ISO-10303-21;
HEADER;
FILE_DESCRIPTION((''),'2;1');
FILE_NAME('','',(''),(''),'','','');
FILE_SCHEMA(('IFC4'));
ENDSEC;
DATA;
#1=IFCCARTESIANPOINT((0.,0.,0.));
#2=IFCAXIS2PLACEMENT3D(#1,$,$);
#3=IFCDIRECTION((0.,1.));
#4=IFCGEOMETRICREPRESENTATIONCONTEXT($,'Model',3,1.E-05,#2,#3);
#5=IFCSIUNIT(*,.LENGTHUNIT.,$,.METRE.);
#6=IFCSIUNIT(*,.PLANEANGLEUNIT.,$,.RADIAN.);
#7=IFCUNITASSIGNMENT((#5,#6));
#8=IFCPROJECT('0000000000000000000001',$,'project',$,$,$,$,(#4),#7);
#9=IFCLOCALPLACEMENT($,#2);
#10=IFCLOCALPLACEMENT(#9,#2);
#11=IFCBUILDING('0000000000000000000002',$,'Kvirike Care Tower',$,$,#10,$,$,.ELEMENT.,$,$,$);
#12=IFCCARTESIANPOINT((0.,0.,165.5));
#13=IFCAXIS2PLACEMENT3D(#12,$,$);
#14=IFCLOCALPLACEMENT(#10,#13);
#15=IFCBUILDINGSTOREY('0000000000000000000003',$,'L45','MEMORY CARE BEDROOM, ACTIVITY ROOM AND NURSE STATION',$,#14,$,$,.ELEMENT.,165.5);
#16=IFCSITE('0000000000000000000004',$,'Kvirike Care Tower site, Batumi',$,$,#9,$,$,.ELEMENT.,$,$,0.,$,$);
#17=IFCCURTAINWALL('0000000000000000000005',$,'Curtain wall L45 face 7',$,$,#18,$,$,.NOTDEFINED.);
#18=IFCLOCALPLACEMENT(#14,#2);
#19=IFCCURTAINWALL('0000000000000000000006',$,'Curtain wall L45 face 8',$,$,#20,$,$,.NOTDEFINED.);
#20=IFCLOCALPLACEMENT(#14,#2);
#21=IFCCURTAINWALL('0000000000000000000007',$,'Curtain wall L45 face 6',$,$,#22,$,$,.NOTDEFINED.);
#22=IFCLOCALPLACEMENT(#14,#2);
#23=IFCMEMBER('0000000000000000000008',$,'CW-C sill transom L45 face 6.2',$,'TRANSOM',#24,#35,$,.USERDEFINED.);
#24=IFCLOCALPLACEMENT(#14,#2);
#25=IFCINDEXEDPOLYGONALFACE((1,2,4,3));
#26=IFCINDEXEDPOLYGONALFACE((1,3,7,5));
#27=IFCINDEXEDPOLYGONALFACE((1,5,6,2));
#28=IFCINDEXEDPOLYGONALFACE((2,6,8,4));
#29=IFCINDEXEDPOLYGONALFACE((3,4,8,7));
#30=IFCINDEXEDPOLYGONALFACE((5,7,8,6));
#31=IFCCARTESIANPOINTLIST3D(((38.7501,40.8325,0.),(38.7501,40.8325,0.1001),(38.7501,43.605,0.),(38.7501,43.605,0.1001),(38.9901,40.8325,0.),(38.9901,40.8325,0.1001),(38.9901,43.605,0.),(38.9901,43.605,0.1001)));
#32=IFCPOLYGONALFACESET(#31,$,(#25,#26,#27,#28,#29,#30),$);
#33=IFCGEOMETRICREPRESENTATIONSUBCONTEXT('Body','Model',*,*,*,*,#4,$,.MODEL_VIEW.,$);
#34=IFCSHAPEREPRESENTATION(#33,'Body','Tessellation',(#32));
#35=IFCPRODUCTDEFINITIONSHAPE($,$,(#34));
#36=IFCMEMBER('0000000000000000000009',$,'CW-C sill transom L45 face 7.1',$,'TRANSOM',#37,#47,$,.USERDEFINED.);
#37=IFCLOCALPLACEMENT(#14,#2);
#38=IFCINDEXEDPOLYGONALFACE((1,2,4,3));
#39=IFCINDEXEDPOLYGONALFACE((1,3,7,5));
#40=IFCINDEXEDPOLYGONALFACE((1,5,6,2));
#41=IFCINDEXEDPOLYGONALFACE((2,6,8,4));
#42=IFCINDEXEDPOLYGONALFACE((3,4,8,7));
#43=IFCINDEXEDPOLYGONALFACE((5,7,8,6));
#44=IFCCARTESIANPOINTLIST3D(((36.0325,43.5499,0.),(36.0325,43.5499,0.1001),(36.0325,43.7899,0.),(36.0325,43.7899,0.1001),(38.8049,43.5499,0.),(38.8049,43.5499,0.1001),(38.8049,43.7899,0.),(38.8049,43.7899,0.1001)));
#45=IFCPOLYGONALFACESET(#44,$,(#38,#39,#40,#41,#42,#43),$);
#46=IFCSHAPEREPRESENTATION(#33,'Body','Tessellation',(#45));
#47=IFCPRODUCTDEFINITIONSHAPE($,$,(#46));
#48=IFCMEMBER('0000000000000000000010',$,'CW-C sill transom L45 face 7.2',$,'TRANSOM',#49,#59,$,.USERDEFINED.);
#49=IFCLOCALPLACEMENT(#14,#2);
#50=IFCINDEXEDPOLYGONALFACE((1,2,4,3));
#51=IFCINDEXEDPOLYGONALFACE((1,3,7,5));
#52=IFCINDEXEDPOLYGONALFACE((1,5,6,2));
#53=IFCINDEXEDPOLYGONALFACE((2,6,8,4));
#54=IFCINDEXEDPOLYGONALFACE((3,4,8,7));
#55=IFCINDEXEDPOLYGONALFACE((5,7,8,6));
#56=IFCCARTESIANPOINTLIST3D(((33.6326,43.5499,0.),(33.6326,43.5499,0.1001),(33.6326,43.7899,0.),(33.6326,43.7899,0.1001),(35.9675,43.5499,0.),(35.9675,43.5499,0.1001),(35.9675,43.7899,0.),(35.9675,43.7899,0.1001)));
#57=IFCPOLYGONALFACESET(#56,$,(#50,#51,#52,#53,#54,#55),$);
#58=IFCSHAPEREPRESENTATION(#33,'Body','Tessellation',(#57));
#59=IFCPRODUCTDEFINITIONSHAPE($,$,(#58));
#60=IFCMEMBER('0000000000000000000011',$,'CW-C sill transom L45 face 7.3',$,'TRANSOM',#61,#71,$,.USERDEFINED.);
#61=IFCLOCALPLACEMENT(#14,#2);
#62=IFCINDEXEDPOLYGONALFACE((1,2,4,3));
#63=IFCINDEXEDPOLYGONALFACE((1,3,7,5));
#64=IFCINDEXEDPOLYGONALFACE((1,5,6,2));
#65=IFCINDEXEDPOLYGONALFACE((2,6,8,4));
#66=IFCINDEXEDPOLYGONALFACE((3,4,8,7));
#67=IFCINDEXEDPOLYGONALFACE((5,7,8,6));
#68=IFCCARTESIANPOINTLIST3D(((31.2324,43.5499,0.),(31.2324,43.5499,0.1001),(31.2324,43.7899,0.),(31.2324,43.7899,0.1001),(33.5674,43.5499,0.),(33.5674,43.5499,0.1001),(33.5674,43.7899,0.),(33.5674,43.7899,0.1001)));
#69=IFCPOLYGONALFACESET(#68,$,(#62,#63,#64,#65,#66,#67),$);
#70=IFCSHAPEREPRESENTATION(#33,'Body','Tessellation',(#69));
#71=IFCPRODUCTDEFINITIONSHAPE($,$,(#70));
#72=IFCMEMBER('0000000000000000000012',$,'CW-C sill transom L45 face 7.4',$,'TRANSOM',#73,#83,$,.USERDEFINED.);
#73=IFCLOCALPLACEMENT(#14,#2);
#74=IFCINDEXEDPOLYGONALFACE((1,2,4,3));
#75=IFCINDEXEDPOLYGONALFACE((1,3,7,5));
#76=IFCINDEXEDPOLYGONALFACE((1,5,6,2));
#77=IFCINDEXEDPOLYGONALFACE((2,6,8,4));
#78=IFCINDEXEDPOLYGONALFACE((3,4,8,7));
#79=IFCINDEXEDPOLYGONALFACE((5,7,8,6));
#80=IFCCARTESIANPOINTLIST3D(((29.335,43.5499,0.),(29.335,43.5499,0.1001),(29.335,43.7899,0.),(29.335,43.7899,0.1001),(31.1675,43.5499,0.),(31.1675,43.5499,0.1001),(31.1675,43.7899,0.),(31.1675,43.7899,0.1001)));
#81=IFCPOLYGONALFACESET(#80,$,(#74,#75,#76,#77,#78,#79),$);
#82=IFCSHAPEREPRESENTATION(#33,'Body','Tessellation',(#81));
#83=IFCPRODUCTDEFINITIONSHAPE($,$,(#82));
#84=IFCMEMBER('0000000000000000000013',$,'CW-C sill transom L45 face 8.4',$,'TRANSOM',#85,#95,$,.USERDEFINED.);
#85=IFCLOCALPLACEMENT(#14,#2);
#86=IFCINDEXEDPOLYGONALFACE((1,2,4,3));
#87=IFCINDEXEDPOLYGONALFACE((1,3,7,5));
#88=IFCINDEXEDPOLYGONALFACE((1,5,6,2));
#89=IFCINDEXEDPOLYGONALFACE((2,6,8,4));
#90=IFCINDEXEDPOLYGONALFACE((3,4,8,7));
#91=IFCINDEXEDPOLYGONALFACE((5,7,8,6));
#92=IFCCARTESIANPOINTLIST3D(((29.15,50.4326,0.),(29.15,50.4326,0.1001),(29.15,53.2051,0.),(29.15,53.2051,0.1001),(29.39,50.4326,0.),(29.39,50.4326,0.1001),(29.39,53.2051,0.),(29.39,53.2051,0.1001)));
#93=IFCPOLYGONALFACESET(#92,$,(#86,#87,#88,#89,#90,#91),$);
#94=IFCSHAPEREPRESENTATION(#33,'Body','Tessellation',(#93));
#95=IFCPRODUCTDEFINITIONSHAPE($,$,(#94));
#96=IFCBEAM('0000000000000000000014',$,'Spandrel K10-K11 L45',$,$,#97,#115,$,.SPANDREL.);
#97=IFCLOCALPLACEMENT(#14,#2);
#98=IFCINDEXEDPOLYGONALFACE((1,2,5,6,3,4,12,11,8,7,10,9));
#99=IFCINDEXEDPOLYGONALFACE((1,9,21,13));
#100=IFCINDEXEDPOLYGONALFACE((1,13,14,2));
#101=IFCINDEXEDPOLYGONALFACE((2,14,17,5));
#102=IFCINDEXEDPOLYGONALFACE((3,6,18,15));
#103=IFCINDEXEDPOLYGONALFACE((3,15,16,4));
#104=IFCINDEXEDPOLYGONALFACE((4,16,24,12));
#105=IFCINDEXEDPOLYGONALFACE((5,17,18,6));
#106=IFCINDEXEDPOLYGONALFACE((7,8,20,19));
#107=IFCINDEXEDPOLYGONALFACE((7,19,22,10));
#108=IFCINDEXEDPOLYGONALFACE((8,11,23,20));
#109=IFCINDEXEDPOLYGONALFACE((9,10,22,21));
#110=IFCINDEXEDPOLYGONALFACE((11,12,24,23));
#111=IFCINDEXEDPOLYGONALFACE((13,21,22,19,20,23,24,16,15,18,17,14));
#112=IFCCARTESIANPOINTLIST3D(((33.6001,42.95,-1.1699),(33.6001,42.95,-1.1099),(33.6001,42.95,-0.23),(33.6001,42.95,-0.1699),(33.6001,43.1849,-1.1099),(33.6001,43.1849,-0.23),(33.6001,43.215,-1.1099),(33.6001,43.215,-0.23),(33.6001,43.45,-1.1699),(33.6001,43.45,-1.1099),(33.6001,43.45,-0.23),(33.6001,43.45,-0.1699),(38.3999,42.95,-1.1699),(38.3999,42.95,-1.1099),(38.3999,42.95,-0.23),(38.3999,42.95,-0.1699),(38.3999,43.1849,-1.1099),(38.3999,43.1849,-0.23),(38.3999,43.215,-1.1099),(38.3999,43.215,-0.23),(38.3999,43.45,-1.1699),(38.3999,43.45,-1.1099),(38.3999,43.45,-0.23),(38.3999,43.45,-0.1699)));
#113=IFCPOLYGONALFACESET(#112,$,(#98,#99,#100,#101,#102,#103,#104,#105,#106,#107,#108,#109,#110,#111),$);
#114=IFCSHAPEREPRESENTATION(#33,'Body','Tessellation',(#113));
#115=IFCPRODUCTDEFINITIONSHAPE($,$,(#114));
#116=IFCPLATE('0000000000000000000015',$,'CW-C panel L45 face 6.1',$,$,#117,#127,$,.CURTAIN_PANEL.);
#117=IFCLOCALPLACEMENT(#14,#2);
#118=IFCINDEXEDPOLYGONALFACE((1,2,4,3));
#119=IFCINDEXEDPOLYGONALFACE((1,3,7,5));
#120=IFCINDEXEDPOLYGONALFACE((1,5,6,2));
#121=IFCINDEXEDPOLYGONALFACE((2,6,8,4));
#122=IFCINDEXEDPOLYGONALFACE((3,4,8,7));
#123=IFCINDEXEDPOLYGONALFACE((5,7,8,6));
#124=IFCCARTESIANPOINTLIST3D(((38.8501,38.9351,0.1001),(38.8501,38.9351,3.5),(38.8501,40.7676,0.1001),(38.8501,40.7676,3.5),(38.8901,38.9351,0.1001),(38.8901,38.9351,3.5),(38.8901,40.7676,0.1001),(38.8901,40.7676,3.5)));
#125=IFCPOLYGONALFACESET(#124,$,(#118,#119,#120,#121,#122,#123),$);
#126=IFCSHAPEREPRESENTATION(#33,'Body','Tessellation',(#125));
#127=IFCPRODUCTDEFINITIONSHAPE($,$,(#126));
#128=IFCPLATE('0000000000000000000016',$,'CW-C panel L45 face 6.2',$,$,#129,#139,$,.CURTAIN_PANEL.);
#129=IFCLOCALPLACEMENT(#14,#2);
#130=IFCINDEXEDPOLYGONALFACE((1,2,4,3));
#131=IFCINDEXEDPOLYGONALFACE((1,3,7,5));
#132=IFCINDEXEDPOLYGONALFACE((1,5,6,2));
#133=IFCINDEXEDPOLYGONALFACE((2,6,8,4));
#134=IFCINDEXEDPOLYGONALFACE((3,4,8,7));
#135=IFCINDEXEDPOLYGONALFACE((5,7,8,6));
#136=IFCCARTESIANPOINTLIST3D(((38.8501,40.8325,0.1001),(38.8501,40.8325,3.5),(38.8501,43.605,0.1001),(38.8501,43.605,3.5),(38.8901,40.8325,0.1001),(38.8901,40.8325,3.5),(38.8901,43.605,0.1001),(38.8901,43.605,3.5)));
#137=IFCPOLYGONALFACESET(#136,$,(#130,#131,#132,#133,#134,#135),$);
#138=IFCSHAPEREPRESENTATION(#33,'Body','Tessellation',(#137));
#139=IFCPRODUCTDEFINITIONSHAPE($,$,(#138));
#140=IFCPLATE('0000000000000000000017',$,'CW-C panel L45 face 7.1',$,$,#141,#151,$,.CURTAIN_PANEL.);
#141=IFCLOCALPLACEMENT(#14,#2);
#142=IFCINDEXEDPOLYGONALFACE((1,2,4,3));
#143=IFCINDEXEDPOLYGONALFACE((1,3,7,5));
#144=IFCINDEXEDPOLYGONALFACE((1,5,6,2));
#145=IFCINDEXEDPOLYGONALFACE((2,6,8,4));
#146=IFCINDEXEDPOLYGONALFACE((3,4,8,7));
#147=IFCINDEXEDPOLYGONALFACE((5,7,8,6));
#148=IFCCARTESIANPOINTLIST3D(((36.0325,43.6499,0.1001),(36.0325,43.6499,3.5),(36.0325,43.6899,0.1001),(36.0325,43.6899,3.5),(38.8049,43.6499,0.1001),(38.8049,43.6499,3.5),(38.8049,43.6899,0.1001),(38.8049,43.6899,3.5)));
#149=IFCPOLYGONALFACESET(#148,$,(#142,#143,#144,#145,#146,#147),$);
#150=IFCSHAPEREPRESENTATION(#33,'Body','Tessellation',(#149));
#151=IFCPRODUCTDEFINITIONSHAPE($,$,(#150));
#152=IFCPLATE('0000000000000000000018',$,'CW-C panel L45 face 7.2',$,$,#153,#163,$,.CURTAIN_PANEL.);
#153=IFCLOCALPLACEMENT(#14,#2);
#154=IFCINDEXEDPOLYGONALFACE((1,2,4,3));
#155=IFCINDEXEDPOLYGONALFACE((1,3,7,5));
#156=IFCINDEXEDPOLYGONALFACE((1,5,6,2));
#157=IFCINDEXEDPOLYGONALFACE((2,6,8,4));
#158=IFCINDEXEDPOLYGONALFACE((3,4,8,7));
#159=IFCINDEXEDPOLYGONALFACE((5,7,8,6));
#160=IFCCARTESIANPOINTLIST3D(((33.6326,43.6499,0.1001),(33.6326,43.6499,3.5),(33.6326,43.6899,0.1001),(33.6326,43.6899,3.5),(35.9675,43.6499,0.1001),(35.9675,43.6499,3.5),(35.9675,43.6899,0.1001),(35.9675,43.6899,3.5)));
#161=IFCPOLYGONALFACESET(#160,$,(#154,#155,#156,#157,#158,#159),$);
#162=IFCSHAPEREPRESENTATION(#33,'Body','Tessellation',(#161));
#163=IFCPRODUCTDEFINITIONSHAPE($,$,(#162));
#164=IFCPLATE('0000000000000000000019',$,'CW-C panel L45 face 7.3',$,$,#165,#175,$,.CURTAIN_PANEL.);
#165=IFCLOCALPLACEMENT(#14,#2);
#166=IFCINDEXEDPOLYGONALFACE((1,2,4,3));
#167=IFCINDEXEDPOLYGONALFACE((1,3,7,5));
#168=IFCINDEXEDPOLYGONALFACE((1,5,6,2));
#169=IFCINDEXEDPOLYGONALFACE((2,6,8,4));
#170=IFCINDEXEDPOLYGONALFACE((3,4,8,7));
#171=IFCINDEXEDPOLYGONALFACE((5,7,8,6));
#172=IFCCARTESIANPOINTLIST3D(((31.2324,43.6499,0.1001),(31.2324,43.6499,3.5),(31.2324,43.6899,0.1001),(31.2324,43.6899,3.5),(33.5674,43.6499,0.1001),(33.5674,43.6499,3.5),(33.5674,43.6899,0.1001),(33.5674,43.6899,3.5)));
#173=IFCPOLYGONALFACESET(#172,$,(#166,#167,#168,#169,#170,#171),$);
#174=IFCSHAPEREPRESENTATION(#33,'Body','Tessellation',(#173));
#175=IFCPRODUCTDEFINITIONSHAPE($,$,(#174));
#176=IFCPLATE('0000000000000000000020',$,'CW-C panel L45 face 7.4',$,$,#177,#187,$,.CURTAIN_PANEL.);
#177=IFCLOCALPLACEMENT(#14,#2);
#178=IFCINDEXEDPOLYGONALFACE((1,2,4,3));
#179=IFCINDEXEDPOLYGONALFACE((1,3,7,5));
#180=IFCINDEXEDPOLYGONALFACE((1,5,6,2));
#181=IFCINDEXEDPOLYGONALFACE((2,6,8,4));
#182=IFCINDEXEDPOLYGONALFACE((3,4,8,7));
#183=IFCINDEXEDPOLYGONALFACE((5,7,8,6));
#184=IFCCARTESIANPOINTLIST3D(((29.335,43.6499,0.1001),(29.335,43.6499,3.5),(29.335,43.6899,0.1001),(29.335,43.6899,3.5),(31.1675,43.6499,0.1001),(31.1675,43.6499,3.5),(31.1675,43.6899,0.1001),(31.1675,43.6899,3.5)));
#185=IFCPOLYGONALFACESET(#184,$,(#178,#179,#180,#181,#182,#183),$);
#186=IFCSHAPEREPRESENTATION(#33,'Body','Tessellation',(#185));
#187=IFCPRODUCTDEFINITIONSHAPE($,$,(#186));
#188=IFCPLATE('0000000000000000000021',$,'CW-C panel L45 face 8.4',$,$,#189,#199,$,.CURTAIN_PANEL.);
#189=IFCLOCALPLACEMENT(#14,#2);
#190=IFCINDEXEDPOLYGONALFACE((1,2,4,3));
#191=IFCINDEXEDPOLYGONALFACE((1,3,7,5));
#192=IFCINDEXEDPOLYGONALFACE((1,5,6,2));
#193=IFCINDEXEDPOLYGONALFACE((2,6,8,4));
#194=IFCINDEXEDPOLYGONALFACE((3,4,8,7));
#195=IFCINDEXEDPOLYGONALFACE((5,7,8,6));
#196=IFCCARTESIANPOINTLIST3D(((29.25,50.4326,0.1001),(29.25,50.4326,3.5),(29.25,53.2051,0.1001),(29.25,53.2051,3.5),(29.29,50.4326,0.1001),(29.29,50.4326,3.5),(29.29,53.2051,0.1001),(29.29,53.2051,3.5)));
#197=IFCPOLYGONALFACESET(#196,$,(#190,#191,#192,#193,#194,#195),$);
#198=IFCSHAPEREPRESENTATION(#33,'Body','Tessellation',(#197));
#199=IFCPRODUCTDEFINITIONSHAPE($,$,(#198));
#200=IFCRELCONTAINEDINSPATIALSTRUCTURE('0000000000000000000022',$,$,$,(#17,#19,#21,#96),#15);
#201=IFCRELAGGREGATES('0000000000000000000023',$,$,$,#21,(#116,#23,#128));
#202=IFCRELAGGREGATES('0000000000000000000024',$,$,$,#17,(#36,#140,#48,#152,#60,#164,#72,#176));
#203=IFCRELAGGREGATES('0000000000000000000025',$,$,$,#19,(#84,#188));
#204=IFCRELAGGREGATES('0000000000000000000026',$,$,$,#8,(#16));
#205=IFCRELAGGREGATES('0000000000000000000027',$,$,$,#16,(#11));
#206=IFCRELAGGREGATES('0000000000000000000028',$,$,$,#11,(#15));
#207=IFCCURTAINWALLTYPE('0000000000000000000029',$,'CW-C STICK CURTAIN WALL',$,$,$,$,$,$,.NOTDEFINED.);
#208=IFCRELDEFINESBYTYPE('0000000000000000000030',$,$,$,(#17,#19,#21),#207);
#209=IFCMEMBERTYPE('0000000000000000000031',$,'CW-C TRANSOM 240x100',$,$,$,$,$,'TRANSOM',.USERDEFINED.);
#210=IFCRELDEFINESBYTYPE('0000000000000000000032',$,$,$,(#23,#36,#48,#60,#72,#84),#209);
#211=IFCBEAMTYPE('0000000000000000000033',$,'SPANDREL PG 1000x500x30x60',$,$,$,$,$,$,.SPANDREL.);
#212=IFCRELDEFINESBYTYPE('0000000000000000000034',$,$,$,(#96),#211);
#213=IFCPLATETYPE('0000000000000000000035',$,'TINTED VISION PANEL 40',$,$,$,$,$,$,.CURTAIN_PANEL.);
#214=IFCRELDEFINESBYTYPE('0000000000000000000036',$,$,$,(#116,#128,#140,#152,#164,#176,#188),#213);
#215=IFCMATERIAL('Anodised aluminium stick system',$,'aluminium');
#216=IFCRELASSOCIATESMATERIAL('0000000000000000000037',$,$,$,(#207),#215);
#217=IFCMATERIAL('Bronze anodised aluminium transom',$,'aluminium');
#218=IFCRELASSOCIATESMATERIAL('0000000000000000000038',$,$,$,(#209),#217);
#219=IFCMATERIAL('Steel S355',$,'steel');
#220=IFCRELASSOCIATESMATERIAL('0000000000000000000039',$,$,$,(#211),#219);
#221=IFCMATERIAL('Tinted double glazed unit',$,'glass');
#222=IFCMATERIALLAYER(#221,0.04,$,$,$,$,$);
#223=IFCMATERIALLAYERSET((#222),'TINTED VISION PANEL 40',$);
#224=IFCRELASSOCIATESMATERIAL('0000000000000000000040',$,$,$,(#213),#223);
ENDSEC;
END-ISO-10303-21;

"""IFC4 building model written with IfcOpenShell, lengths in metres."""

from ifc_helpers import new_model, si_unit, direction, frame, origin, origin_2d, place, context, subcontext, project, spatial, rectangle, i_section, extrude, material, layer, layer_set, material_profile, profile_set, type_object, element, aggregate, save


model = new_model("IFC4")

# Units and contexts
model_context = context("Model", 3, precision=1e-05, world=origin(), true_north=direction((0.0, 1.0)))
body_context = subcontext(model_context, "Body", "Model", "MODEL_VIEW")
ifc_project = project(units=[si_unit("LENGTHUNIT", "METRE"), si_unit("PLANEANGLEUNIT", "RADIAN")], contexts=[model_context])

# Site, building, storey
site_placement = place(None, origin())
site = spatial("IfcSite", under=ifc_project, at=site_placement, Name="Kvirike Care Tower site, Batumi", CompositionType="ELEMENT", RefElevation=0.0)
building_placement = place(site_placement, origin())
building = spatial("IfcBuilding", under=site, at=building_placement, Name="Kvirike Care Tower", CompositionType="ELEMENT")
storey_placement = place(building_placement, frame((0.0, 0.0, 165.5)))
storey = spatial("IfcBuildingStorey", under=building, at=storey_placement, Name="L45", Description="MEMORY CARE BEDROOM, ACTIVITY ROOM AND NURSE STATION", CompositionType="ELEMENT", Elevation=165.5)

# Curtain walls
ifc_material_1 = material(Name="Anodised aluminium stick system", Category="aluminium")
curtain_wall_type = type_object("IfcCurtainWallType", Name="CW-C STICK CURTAIN WALL", PredefinedType="NOTDEFINED", material=ifc_material_1)
curtain_wall_1_placement = place(storey_placement, origin())
curtain_wall_1 = element("IfcCurtainWall", 1, at=curtain_wall_1_placement, inside=storey, type_object=curtain_wall_type, Name="Curtain wall L45 face 7", PredefinedType="NOTDEFINED")
curtain_wall_2_placement = place(storey_placement, origin())
curtain_wall_2 = element("IfcCurtainWall", 2, at=curtain_wall_2_placement, inside=storey, type_object=curtain_wall_type, Name="Curtain wall L45 face 8", PredefinedType="NOTDEFINED")

# Curtain wall
curtain_wall_3_placement = place(storey_placement, origin())
curtain_wall_3 = element("IfcCurtainWall", 3, at=curtain_wall_3_placement, inside=storey, type_object=curtain_wall_type, Name="Curtain wall L45 face 6", PredefinedType="NOTDEFINED")

# Members
ifc_material_2 = material(Name="Bronze anodised aluminium transom", Category="aluminium")
ifc_material_profile_1 = material_profile(ifc_material_2, rectangle(XDim=0.24, YDim=0.1001, at=origin_2d()), Name="CW-C TRANSOM 240x100")
ifc_profile_set_1 = profile_set([ifc_material_profile_1], Name="Bronze anodised aluminium transom")
member_type_1 = type_object("IfcMemberType", Name="CW-C TRANSOM 240x100", ElementType="TRANSOM", PredefinedType="USERDEFINED", material=ifc_profile_set_1)
member_1_placement = place(storey_placement, frame((38.8701, 40.8325, 0.05), z_axis=(0.0, 1.0, 0.0), x_axis=(-1.0, 0.0, 0.0)))
member_1 = element("IfcMember", 4, at=member_1_placement, type_object=member_type_1, Name="CW-C sill transom L45 face 6.2", ObjectType="TRANSOM", PredefinedType="USERDEFINED", context=body_context, shape_type="SweptSolid", body=[
    extrude(rectangle(XDim=0.24, YDim=0.1001, at=origin_2d()), origin(), (0.0, 0.0, 1.0), 2.7725),
])
member_2_placement = place(storey_placement, frame((38.8049, 43.6699, 0.05), z_axis=(-1.0, 0.0, 0.0), x_axis=(0.0, -1.0, 0.0)))
member_2 = element("IfcMember", 5, at=member_2_placement, type_object=member_type_1, Name="CW-C sill transom L45 face 7.1", ObjectType="TRANSOM", PredefinedType="USERDEFINED", context=body_context, shape_type="SweptSolid", body=[
    extrude(rectangle(XDim=0.24, YDim=0.1001, at=origin_2d()), origin(), (0.0, 0.0, 1.0), 2.7725),
])
member_3_placement = place(storey_placement, frame((35.9675, 43.6699, 0.05), z_axis=(-1.0, 0.0, 0.0), x_axis=(0.0, -1.0, 0.0)))
member_3 = element("IfcMember", 6, at=member_3_placement, type_object=member_type_1, Name="CW-C sill transom L45 face 7.2", ObjectType="TRANSOM", PredefinedType="USERDEFINED", context=body_context, shape_type="SweptSolid", body=[
    extrude(rectangle(XDim=0.24, YDim=0.1001, at=origin_2d()), origin(), (0.0, 0.0, 1.0), 2.335),
])
member_4_placement = place(storey_placement, frame((33.5674, 43.6699, 0.05), z_axis=(-1.0, 0.0, 0.0), x_axis=(0.0, -1.0, 0.0)))
member_4 = element("IfcMember", 7, at=member_4_placement, type_object=member_type_1, Name="CW-C sill transom L45 face 7.3", ObjectType="TRANSOM", PredefinedType="USERDEFINED", context=body_context, shape_type="SweptSolid", body=[
    extrude(rectangle(XDim=0.24, YDim=0.1001, at=origin_2d()), origin(), (0.0, 0.0, 1.0), 2.335),
])
member_5_placement = place(storey_placement, frame((31.1675, 43.6699, 0.05), z_axis=(-1.0, 0.0, 0.0), x_axis=(0.0, -1.0, 0.0)))
member_5 = element("IfcMember", 8, at=member_5_placement, type_object=member_type_1, Name="CW-C sill transom L45 face 7.4", ObjectType="TRANSOM", PredefinedType="USERDEFINED", context=body_context, shape_type="SweptSolid", body=[
    extrude(rectangle(XDim=0.24, YDim=0.1001, at=origin_2d()), origin(), (0.0, 0.0, 1.0), 1.8325),
])
member_6_placement = place(storey_placement, frame((29.27, 50.4326, 0.05), z_axis=(0.0, 1.0, 0.0), x_axis=(-1.0, 0.0, 0.0)))
member_6 = element("IfcMember", 9, at=member_6_placement, type_object=member_type_1, Name="CW-C sill transom L45 face 8.4", ObjectType="TRANSOM", PredefinedType="USERDEFINED", context=body_context, shape_type="SweptSolid", body=[
    extrude(rectangle(XDim=0.24, YDim=0.1001, at=origin_2d()), origin(), (0.0, 0.0, 1.0), 2.7725),
])

# Beam
ifc_material_3 = material(Name="Steel S355", Category="steel")
ifc_material_profile_2 = material_profile(ifc_material_3, i_section(OverallWidth=0.5, OverallDepth=1.0, WebThickness=0.03, FlangeThickness=0.0601, at=origin_2d()), Name="PG 1000x500x30x60")
ifc_profile_set_2 = profile_set([ifc_material_profile_2], Name="Steel S355")
beam_type = type_object("IfcBeamType", Name="SPANDREL PG 1000x500x30x60", PredefinedType="SPANDREL", material=ifc_profile_set_2)
beam_placement = place(storey_placement, frame((33.6001, 43.2, -0.6699), z_axis=(1.0, 0.0, 0.0), x_axis=(0.0, 1.0, 0.0)))
element("IfcBeam", 10, at=beam_placement, inside=storey, type_object=beam_type, Name="Spandrel K10-K11 L45", PredefinedType="SPANDREL", context=body_context, shape_type="SweptSolid", body=[
    extrude(i_section(OverallWidth=0.5, OverallDepth=1.0, WebThickness=0.03, FlangeThickness=0.0601, at=origin_2d()), origin(), (0.0, 0.0, 1.0), 4.7998),
])

# Plates
ifc_material_4 = material(Name="Tinted double glazed unit", Category="glass")
ifc_layer_1 = layer(ifc_material_4, 0.04)
ifc_layer_set_1 = layer_set([ifc_layer_1], Name="TINTED VISION PANEL 40")
plate_type = type_object("IfcPlateType", Name="TINTED VISION PANEL 40", PredefinedType="CURTAIN_PANEL", material=ifc_layer_set_1)
plate_1_placement = place(storey_placement, frame((38.8701, 39.8513, 0.1001), z_axis=(0.0, 0.0, 1.0), x_axis=(0.0, 1.0, 0.0)))
plate_1 = element("IfcPlate", 11, at=plate_1_placement, type_object=plate_type, Name="CW-C panel L45 face 6.1", PredefinedType="CURTAIN_PANEL", context=body_context, shape_type="SweptSolid", body=[
    extrude(rectangle(XDim=1.8325, YDim=0.04, at=origin_2d()), origin(), (0.0, 0.0, 1.0), 3.3999),
])
plate_2_placement = place(storey_placement, frame((38.8701, 42.2188, 0.1001), z_axis=(0.0, 0.0, 1.0), x_axis=(0.0, 1.0, 0.0)))
plate_2 = element("IfcPlate", 12, at=plate_2_placement, type_object=plate_type, Name="CW-C panel L45 face 6.2", PredefinedType="CURTAIN_PANEL", context=body_context, shape_type="SweptSolid", body=[
    extrude(rectangle(XDim=2.7725, YDim=0.04, at=origin_2d()), origin(), (0.0, 0.0, 1.0), 3.3999),
])
aggregate(curtain_wall_3, [plate_1, member_1, plate_2])
plate_3_placement = place(storey_placement, frame((37.4187, 43.6699, 0.1001), z_axis=(0.0, 0.0, 1.0), x_axis=(-1.0, 0.0, 0.0)))
plate_3 = element("IfcPlate", 13, at=plate_3_placement, type_object=plate_type, Name="CW-C panel L45 face 7.1", PredefinedType="CURTAIN_PANEL", context=body_context, shape_type="SweptSolid", body=[
    extrude(rectangle(XDim=2.7725, YDim=0.04, at=origin_2d()), origin(), (0.0, 0.0, 1.0), 3.3999),
])
plate_4_placement = place(storey_placement, frame((34.8, 43.6699, 0.1001), z_axis=(0.0, 0.0, 1.0), x_axis=(-1.0, 0.0, 0.0)))
plate_4 = element("IfcPlate", 14, at=plate_4_placement, type_object=plate_type, Name="CW-C panel L45 face 7.2", PredefinedType="CURTAIN_PANEL", context=body_context, shape_type="SweptSolid", body=[
    extrude(rectangle(XDim=2.335, YDim=0.04, at=origin_2d()), origin(), (0.0, 0.0, 1.0), 3.3999),
])
plate_5_placement = place(storey_placement, frame((32.3999, 43.6699, 0.1001), z_axis=(0.0, 0.0, 1.0), x_axis=(-1.0, 0.0, 0.0)))
plate_5 = element("IfcPlate", 15, at=plate_5_placement, type_object=plate_type, Name="CW-C panel L45 face 7.3", PredefinedType="CURTAIN_PANEL", context=body_context, shape_type="SweptSolid", body=[
    extrude(rectangle(XDim=2.335, YDim=0.04, at=origin_2d()), origin(), (0.0, 0.0, 1.0), 3.3999),
])
plate_6_placement = place(storey_placement, frame((30.2512, 43.6699, 0.1001), z_axis=(0.0, 0.0, 1.0), x_axis=(-1.0, 0.0, 0.0)))
plate_6 = element("IfcPlate", 16, at=plate_6_placement, type_object=plate_type, Name="CW-C panel L45 face 7.4", PredefinedType="CURTAIN_PANEL", context=body_context, shape_type="SweptSolid", body=[
    extrude(rectangle(XDim=1.8325, YDim=0.04, at=origin_2d()), origin(), (0.0, 0.0, 1.0), 3.3999),
])
aggregate(curtain_wall_1, [member_2, plate_3, member_3, plate_4, member_4, plate_5, member_5, plate_6])
plate_7_placement = place(storey_placement, frame((29.27, 51.8188, 0.1001), z_axis=(0.0, 0.0, 1.0), x_axis=(0.0, 1.0, 0.0)))
plate_7 = element("IfcPlate", 17, at=plate_7_placement, type_object=plate_type, Name="CW-C panel L45 face 8.4", PredefinedType="CURTAIN_PANEL", context=body_context, shape_type="SweptSolid", body=[
    extrude(rectangle(XDim=2.7725, YDim=0.04, at=origin_2d()), origin(), (0.0, 0.0, 1.0), 3.3999),
])
aggregate(curtain_wall_2, [member_6, plate_7])

save(model, "model.ifc")
